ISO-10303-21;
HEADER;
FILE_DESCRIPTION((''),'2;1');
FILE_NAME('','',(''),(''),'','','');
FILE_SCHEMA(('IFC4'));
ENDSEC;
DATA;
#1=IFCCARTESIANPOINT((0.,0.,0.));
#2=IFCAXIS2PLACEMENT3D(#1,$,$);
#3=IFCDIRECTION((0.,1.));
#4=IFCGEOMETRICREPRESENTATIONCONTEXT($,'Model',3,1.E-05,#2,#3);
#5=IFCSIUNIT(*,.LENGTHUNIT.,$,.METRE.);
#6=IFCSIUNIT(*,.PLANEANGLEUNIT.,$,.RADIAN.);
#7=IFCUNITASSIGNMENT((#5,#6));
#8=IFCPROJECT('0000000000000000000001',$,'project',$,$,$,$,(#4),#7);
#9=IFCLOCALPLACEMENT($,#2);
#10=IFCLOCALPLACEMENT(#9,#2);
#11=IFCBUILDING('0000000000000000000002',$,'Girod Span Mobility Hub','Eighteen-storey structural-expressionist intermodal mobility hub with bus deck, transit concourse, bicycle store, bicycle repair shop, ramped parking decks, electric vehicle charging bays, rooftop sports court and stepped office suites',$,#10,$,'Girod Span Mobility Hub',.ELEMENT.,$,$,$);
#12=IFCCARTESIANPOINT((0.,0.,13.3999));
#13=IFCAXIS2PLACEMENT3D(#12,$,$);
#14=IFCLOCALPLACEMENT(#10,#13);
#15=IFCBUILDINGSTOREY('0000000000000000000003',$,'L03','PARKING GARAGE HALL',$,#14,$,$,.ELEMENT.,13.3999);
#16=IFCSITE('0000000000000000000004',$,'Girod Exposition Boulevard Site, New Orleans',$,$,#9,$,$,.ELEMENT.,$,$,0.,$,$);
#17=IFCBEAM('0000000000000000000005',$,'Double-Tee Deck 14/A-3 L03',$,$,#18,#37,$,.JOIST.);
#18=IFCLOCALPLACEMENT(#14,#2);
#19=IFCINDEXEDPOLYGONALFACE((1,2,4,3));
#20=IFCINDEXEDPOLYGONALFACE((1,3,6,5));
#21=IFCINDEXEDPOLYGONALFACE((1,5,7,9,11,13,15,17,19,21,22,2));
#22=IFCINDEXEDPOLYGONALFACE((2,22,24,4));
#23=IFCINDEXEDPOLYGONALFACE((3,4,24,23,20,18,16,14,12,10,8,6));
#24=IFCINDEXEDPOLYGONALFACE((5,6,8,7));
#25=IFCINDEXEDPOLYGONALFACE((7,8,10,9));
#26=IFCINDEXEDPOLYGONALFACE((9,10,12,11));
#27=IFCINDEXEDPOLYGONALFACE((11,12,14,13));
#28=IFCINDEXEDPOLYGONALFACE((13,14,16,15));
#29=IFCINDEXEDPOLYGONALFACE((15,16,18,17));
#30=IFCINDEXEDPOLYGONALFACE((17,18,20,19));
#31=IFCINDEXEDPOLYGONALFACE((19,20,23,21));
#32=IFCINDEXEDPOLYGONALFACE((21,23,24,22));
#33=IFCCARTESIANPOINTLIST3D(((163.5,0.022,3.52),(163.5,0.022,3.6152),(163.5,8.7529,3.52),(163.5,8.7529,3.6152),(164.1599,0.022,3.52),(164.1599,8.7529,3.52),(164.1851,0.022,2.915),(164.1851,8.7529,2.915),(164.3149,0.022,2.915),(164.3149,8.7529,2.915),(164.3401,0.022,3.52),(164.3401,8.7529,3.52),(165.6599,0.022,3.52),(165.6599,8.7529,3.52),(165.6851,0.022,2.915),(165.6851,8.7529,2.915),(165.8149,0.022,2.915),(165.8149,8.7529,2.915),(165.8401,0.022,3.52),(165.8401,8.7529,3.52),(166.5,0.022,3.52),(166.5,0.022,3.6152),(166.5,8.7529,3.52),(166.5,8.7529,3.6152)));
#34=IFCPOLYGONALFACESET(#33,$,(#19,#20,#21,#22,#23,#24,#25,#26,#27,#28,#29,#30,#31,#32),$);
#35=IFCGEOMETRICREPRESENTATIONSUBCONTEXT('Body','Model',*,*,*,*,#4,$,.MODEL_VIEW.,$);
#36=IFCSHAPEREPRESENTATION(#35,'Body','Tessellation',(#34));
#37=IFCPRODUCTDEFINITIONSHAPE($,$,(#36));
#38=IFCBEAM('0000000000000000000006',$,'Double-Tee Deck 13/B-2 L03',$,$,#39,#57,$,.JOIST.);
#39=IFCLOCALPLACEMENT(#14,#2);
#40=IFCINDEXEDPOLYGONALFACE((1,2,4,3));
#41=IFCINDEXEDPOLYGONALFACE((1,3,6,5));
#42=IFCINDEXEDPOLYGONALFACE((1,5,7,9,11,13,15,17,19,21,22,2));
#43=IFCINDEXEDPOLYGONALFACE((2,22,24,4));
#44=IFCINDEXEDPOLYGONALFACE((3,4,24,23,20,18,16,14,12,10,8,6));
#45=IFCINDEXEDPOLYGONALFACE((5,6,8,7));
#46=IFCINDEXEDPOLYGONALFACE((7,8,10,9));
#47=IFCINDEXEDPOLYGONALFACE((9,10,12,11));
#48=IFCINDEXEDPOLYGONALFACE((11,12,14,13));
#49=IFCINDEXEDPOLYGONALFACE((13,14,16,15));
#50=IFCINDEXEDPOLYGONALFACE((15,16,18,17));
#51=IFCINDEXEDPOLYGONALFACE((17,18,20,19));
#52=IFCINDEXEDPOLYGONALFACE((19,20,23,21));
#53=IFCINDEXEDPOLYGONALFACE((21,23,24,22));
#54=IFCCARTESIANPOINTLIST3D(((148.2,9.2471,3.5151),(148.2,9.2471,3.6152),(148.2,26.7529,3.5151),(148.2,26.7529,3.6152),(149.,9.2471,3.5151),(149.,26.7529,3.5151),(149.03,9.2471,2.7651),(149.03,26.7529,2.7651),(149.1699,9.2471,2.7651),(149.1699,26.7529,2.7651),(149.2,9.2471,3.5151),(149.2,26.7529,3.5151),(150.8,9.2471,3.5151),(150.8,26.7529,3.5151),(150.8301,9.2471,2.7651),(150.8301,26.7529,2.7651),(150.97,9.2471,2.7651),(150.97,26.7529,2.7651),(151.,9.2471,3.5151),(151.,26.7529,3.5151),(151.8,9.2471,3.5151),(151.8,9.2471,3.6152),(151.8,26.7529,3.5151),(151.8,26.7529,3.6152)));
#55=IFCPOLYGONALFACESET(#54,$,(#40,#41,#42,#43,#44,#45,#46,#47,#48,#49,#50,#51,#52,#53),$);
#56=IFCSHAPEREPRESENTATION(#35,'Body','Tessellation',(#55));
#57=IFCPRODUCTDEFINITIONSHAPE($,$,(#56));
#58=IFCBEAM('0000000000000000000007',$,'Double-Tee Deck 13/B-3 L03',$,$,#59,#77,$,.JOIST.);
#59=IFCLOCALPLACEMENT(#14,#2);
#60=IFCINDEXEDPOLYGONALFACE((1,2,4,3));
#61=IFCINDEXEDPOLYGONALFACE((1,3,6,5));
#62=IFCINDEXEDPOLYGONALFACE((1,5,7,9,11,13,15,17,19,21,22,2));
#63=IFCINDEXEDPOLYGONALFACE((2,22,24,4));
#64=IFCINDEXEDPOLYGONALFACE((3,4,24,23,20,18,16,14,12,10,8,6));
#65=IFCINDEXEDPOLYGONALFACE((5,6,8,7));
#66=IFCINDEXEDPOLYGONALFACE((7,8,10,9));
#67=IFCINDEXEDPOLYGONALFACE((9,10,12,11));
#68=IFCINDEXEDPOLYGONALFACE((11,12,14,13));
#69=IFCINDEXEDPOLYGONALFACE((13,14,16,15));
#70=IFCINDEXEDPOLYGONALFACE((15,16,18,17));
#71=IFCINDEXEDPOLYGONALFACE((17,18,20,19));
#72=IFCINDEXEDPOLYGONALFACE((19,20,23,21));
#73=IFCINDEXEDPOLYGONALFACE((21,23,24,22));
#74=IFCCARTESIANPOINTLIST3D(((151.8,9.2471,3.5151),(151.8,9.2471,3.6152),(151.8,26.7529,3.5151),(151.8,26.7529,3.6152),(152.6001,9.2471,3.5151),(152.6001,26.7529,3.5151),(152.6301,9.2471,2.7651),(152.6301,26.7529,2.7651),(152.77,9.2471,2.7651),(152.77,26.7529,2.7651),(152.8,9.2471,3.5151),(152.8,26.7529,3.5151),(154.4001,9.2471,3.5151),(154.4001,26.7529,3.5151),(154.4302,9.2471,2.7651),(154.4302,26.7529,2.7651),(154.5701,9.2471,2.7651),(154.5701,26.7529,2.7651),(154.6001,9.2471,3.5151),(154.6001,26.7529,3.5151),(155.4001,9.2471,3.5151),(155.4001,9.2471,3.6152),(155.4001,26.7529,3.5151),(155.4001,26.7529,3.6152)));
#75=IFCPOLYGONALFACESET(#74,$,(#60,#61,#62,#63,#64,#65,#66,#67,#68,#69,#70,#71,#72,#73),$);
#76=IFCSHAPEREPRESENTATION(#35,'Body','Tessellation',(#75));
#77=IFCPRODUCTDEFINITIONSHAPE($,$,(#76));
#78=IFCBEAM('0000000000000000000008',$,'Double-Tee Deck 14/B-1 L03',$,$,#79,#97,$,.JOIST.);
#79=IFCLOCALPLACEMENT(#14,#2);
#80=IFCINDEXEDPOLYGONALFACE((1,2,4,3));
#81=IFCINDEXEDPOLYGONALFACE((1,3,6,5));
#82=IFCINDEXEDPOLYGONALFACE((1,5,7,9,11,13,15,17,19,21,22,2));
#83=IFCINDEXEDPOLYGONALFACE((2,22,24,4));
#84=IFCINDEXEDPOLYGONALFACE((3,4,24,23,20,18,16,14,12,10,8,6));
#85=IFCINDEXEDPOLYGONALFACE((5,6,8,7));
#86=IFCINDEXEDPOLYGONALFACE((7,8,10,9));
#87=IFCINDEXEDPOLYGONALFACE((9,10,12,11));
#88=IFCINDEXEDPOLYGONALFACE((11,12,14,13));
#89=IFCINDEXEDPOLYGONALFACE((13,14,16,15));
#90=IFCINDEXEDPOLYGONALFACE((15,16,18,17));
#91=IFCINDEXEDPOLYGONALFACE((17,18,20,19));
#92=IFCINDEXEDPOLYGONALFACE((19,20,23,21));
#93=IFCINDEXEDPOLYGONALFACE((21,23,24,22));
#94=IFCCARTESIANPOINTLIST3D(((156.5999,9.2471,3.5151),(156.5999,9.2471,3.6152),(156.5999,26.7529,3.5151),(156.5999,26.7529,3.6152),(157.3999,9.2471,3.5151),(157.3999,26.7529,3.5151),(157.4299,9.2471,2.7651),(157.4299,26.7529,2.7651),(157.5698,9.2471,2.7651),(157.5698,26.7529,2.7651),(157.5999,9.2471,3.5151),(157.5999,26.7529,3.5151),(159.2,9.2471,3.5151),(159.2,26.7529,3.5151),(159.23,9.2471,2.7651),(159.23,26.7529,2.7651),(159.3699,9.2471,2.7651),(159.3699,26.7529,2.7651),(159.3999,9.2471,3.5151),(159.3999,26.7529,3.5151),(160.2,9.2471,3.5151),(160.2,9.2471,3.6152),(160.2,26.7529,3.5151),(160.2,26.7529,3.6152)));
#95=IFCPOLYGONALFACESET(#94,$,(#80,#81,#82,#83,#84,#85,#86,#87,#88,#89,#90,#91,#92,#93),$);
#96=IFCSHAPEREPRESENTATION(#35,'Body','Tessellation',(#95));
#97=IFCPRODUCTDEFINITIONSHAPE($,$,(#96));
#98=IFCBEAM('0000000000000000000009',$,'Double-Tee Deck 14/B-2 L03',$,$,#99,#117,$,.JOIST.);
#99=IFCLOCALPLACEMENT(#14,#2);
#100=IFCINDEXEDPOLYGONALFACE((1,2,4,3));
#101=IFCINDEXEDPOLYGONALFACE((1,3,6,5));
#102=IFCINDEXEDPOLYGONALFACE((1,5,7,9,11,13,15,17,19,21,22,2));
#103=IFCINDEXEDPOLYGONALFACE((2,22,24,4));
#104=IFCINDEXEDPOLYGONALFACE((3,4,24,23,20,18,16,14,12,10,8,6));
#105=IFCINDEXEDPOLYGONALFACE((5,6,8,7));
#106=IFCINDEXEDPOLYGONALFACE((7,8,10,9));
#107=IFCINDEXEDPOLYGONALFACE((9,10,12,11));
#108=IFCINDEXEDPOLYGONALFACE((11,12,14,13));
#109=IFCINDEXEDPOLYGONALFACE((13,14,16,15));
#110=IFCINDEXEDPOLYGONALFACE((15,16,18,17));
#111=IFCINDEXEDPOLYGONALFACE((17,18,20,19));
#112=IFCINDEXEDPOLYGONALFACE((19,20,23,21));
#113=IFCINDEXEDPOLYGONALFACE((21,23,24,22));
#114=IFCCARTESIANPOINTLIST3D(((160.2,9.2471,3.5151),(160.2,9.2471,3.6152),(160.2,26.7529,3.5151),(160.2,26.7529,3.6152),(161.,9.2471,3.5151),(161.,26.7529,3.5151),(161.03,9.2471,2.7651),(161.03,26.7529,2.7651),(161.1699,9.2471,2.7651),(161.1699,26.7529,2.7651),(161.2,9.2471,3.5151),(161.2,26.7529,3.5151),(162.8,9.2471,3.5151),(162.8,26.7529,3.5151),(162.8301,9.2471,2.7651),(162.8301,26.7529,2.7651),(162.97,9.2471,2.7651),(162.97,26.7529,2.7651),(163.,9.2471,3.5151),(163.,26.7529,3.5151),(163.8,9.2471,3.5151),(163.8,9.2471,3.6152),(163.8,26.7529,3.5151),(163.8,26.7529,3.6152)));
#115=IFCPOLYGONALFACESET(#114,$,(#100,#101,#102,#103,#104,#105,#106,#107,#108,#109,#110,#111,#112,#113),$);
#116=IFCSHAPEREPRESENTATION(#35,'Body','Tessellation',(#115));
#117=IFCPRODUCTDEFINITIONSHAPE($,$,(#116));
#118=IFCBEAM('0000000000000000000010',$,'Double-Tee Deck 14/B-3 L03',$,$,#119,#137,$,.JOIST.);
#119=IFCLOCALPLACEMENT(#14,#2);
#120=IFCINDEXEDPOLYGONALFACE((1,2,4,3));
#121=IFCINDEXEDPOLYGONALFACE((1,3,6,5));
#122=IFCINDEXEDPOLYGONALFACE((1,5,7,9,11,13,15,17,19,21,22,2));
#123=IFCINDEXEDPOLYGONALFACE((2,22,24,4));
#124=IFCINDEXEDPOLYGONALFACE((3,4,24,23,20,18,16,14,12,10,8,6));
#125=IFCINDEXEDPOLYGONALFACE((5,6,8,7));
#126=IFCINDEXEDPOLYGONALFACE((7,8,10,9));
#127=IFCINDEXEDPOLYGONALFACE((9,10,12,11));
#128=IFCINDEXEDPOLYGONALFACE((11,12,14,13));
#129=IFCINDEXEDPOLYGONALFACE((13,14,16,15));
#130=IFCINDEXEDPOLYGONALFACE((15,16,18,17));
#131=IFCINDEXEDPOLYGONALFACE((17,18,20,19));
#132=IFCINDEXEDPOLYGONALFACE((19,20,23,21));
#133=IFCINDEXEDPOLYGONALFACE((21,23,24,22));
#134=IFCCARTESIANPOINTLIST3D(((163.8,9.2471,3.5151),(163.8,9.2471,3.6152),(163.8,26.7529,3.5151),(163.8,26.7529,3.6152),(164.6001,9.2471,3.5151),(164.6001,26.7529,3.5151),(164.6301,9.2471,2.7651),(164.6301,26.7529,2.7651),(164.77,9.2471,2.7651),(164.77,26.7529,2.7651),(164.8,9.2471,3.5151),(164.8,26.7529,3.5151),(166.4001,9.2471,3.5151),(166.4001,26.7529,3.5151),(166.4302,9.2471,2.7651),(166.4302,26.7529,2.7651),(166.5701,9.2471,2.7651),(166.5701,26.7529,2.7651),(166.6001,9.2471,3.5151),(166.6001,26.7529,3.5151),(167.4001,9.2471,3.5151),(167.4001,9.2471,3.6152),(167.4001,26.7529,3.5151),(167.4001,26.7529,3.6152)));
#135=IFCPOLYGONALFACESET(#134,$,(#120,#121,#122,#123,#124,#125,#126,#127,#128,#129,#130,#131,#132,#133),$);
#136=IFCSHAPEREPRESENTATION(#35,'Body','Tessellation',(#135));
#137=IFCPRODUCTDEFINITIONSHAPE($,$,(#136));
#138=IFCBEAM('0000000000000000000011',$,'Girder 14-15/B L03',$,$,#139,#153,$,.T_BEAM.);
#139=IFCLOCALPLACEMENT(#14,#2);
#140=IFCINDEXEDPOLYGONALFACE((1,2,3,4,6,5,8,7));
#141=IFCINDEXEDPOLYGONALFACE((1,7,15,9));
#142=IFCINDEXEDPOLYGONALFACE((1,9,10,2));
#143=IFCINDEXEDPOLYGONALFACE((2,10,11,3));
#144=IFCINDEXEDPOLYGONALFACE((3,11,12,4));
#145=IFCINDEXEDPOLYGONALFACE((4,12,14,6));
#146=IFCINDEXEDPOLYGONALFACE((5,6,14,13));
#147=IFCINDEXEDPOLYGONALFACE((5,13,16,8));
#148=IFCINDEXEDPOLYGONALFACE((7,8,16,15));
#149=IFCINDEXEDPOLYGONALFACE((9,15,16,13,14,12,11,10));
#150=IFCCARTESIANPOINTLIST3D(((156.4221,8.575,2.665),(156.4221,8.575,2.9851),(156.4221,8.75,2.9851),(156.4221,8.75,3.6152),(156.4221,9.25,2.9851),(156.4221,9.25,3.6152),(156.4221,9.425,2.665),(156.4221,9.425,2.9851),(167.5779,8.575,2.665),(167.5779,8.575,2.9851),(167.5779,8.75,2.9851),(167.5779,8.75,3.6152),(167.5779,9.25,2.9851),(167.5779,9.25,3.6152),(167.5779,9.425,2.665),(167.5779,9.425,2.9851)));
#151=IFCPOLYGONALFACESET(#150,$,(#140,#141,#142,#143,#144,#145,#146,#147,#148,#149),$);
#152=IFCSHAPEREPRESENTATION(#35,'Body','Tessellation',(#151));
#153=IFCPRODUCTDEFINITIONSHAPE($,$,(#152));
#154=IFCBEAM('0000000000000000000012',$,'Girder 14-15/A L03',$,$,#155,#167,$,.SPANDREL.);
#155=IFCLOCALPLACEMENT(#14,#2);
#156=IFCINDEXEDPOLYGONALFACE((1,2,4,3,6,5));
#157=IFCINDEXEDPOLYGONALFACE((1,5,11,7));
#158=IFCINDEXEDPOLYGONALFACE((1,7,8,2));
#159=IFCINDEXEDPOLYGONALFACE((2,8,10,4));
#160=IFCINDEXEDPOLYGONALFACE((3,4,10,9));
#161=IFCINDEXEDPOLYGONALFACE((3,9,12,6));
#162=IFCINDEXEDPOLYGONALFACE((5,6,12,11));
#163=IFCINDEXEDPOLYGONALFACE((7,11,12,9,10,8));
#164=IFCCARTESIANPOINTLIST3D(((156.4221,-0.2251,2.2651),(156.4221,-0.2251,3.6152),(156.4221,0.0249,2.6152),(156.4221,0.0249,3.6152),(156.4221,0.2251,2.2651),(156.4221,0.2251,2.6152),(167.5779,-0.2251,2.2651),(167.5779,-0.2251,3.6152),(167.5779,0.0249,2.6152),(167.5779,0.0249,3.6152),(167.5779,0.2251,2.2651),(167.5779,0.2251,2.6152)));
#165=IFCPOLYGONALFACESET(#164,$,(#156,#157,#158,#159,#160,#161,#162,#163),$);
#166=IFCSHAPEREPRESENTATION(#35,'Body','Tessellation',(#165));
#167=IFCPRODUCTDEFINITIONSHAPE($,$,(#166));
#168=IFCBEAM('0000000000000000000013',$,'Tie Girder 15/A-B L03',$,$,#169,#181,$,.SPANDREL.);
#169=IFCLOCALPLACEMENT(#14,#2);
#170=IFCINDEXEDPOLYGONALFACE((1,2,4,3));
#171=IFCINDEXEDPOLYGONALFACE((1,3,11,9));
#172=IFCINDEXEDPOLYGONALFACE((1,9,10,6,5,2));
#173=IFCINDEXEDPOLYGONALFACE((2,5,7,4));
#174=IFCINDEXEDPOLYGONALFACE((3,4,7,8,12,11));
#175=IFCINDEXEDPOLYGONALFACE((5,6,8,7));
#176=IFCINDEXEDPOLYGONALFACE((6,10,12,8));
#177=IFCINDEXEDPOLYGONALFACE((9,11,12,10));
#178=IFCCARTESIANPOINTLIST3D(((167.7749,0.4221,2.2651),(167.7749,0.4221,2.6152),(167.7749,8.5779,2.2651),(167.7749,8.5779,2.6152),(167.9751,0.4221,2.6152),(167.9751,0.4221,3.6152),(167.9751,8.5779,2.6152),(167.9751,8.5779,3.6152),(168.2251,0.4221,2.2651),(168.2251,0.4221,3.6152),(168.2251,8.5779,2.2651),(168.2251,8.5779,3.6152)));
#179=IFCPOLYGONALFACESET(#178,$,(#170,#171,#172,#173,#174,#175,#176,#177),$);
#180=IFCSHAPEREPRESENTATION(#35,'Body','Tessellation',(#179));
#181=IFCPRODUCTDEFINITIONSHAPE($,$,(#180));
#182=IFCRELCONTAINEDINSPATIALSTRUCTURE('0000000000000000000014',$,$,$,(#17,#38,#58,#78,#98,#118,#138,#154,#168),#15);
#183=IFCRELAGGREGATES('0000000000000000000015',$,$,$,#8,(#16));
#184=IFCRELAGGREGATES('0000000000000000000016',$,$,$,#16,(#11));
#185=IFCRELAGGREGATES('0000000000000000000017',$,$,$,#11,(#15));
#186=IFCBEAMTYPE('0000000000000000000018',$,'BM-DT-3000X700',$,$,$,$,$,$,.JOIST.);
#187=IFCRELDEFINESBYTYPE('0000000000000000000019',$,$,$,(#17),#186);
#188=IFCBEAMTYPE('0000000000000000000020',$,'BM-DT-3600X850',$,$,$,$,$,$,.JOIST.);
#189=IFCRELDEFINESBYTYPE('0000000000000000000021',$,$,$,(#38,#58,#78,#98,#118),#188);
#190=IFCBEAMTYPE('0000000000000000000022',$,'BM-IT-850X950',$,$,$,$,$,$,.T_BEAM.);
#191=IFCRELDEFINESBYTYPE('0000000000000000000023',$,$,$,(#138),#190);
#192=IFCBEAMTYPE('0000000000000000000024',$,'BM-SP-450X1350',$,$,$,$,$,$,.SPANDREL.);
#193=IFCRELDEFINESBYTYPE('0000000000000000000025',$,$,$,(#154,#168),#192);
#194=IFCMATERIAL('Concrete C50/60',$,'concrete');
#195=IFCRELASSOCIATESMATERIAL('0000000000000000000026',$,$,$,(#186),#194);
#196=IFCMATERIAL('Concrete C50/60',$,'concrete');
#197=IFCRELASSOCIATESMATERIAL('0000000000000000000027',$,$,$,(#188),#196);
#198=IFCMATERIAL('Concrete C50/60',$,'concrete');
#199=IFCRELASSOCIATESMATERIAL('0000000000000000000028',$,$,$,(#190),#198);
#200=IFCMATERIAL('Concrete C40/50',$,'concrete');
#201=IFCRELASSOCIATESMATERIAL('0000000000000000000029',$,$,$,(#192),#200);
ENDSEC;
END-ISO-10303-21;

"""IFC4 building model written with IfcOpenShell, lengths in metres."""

from ifc_helpers import new_model, si_unit, direction, frame, origin, place, context, subcontext, project, spatial, polyline, outline, extrude, material, material_profile, profile_set, type_object, element, save


model = new_model("IFC4")

# Units and contexts
model_context = context("Model", 3, precision=1e-05, world=origin(), true_north=direction((0.0, 1.0)))
body_context = subcontext(model_context, "Body", "Model", "MODEL_VIEW")
ifc_project = project(units=[si_unit("LENGTHUNIT", "METRE"), si_unit("PLANEANGLEUNIT", "RADIAN")], contexts=[model_context])

# Site, building, storey
site_placement = place(None, origin())
site = spatial("IfcSite", under=ifc_project, at=site_placement, Name="Girod Exposition Boulevard Site, New Orleans", CompositionType="ELEMENT", RefElevation=0.0)
building_placement = place(site_placement, origin())
building = spatial("IfcBuilding", under=site, at=building_placement, Name="Girod Span Mobility Hub", Description="Eighteen-storey structural-expressionist intermodal mobility hub with bus deck, transit concourse, bicycle store, bicycle repair shop, ramped parking decks, electric vehicle charging bays, rooftop sports court and stepped office suites", LongName="Girod Span Mobility Hub", CompositionType="ELEMENT")
storey_placement = place(building_placement, frame((0.0, 0.0, 13.3999)))
storey = spatial("IfcBuildingStorey", under=building, at=storey_placement, Name="L03", Description="PARKING GARAGE HALL", CompositionType="ELEMENT", Elevation=13.3999)

# Beams
ifc_material_1 = material(Name="Concrete C50/60", Category="concrete")
ifc_material_profile_1 = material_profile(ifc_material_1, outline(polyline([(-1.5, 0.3501), (-1.5, 0.2549), (-0.8401, 0.2549), (-0.8149, -0.3501), (-0.6851, -0.3501), (-0.6599, 0.2549), (0.6599, 0.2549), (0.6851, -0.3501), (0.8149, -0.3501), (0.8401, 0.2549), (1.5, 0.2549), (1.5, 0.3501), (-1.5, 0.3501)])), Name="DT-3000X700")
ifc_profile_set_1 = profile_set([ifc_material_profile_1], Name="Concrete C50/60")
beam_type_1 = type_object("IfcBeamType", Name="BM-DT-3000X700", PredefinedType="JOIST", material=ifc_profile_set_1)
for number, where, z_axis, x_axis, name in (
    (1, (165.0, 0.022, 3.2651), (0.0, 1.0, 0.0), (-1.0, 0.0, 0.0), "Double-Tee Deck 14/A-3 L03"),
):
    element("IfcBeam", number, at=place(storey_placement, frame(where, z_axis=z_axis, x_axis=x_axis)), inside=storey, type_object=beam_type_1, Name=name, PredefinedType="JOIST", context=body_context, shape_type="SweptSolid", body=[
        extrude(outline(polyline([(-1.5, 0.3501), (-1.5, 0.2549), (-0.8401, 0.2549), (-0.8149, -0.3501), (-0.6851, -0.3501), (-0.6599, 0.2549), (0.6599, 0.2549), (0.6851, -0.3501), (0.8149, -0.3501), (0.8401, 0.2549), (1.5, 0.2549), (1.5, 0.3501), (-1.5, 0.3501)])), origin(), (0.0, 0.0, 1.0), 8.731),
    ])
ifc_material_2 = material(Name="Concrete C50/60", Category="concrete")
ifc_material_profile_2 = material_profile(ifc_material_2, outline(polyline([(-1.8, 0.425), (-1.8, 0.325), (-1.0, 0.325), (-0.97, -0.425), (-0.8301, -0.425), (-0.8, 0.325), (0.8, 0.325), (0.8301, -0.425), (0.97, -0.425), (1.0, 0.325), (1.8, 0.325), (1.8, 0.425), (-1.8, 0.425)])), Name="DT-3600X850")
ifc_profile_set_2 = profile_set([ifc_material_profile_2], Name="Concrete C50/60")
beam_type_2 = type_object("IfcBeamType", Name="BM-DT-3600X850", PredefinedType="JOIST", material=ifc_profile_set_2)
for number, where, z_axis, x_axis, name in (
    (2, (150.0, 9.2471, 3.1902), (0.0, 1.0, 0.0), (-1.0, 0.0, 0.0), "Double-Tee Deck 13/B-2 L03"),
    (3, (153.6001, 9.2471, 3.1902), (0.0, 1.0, 0.0), (-1.0, 0.0, 0.0), "Double-Tee Deck 13/B-3 L03"),
    (4, (158.3999, 9.2471, 3.1902), (0.0, 1.0, 0.0), (-1.0, 0.0, 0.0), "Double-Tee Deck 14/B-1 L03"),
    (5, (162.0, 9.2471, 3.1902), (0.0, 1.0, 0.0), (-1.0, 0.0, 0.0), "Double-Tee Deck 14/B-2 L03"),
    (6, (165.6001, 9.2471, 3.1902), (0.0, 1.0, 0.0), (-1.0, 0.0, 0.0), "Double-Tee Deck 14/B-3 L03"),
):
    element("IfcBeam", number, at=place(storey_placement, frame(where, z_axis=z_axis, x_axis=x_axis)), inside=storey, type_object=beam_type_2, Name=name, PredefinedType="JOIST", context=body_context, shape_type="SweptSolid", body=[
        extrude(outline(polyline([(-1.8, 0.425), (-1.8, 0.325), (-1.0, 0.325), (-0.97, -0.425), (-0.8301, -0.425), (-0.8, 0.325), (0.8, 0.325), (0.8301, -0.425), (0.97, -0.425), (1.0, 0.325), (1.8, 0.325), (1.8, 0.425), (-1.8, 0.425)])), origin(), (0.0, 0.0, 1.0), 17.5059),
    ])
ifc_material_3 = material(Name="Concrete C50/60", Category="concrete")
ifc_material_profile_3 = material_profile(ifc_material_3, outline(polyline([(-0.425, -0.4751), (0.425, -0.4751), (0.425, -0.155), (0.25, -0.155), (0.25, 0.4751), (-0.25, 0.4751), (-0.25, -0.155), (-0.425, -0.155), (-0.425, -0.4751)])), Name="IT-850X950")
ifc_profile_set_3 = profile_set([ifc_material_profile_3], Name="Concrete C50/60")
beam_type_3 = type_object("IfcBeamType", Name="BM-IT-850X950", PredefinedType="T_BEAM", material=ifc_profile_set_3)
beam_1_placement = place(storey_placement, frame((156.4221, 9.0, 3.1401), z_axis=(1.0, 0.0, 0.0), x_axis=(0.0, 1.0, 0.0)))
element("IfcBeam", 7, at=beam_1_placement, inside=storey, type_object=beam_type_3, Name="Girder 14-15/B L03", PredefinedType="T_BEAM", context=body_context, shape_type="SweptSolid", body=[
    extrude(outline(polyline([(-0.425, -0.4751), (0.425, -0.4751), (0.425, -0.155), (0.25, -0.155), (0.25, 0.4751), (-0.25, 0.4751), (-0.25, -0.155), (-0.425, -0.155), (-0.425, -0.4751)])), origin(), (0.0, 0.0, 1.0), 11.1558),
])
ifc_material_4 = material(Name="Concrete C40/50", Category="concrete")
ifc_material_profile_4 = material_profile(ifc_material_4, outline(polyline([(-0.2251, -0.675), (0.2251, -0.675), (0.2251, -0.325), (0.0249, -0.325), (0.0249, 0.675), (-0.2251, 0.675), (-0.2251, -0.675)])), Name="SP-450X1350")
ifc_profile_set_4 = profile_set([ifc_material_profile_4], Name="Concrete C40/50")
beam_type_4 = type_object("IfcBeamType", Name="BM-SP-450X1350", PredefinedType="SPANDREL", material=ifc_profile_set_4)
beam_2_placement = place(storey_placement, frame((156.4221, 0.0, 2.9402), z_axis=(1.0, 0.0, 0.0), x_axis=(0.0, 1.0, 0.0)))
element("IfcBeam", 8, at=beam_2_placement, inside=storey, type_object=beam_type_4, Name="Girder 14-15/A L03", PredefinedType="SPANDREL", context=body_context, shape_type="SweptSolid", body=[
    extrude(outline(polyline([(-0.2251, -0.675), (0.2251, -0.675), (0.2251, -0.325), (0.0249, -0.325), (0.0249, 0.675), (-0.2251, 0.675), (-0.2251, -0.675)])), origin(), (0.0, 0.0, 1.0), 11.1558),
])
beam_3_placement = place(storey_placement, frame((168.0, 0.4221, 2.9402), z_axis=(0.0, 1.0, 0.0), x_axis=(-1.0, 0.0, 0.0)))
element("IfcBeam", 9, at=beam_3_placement, inside=storey, type_object=beam_type_4, Name="Tie Girder 15/A-B L03", PredefinedType="SPANDREL", context=body_context, shape_type="SweptSolid", body=[
    extrude(outline(polyline([(-0.2251, -0.675), (0.2251, -0.675), (0.2251, -0.325), (0.0249, -0.325), (0.0249, 0.675), (-0.2251, 0.675), (-0.2251, -0.675)])), origin(), (0.0, 0.0, 1.0), 8.1558),
])

save(model, "model.ifc")
